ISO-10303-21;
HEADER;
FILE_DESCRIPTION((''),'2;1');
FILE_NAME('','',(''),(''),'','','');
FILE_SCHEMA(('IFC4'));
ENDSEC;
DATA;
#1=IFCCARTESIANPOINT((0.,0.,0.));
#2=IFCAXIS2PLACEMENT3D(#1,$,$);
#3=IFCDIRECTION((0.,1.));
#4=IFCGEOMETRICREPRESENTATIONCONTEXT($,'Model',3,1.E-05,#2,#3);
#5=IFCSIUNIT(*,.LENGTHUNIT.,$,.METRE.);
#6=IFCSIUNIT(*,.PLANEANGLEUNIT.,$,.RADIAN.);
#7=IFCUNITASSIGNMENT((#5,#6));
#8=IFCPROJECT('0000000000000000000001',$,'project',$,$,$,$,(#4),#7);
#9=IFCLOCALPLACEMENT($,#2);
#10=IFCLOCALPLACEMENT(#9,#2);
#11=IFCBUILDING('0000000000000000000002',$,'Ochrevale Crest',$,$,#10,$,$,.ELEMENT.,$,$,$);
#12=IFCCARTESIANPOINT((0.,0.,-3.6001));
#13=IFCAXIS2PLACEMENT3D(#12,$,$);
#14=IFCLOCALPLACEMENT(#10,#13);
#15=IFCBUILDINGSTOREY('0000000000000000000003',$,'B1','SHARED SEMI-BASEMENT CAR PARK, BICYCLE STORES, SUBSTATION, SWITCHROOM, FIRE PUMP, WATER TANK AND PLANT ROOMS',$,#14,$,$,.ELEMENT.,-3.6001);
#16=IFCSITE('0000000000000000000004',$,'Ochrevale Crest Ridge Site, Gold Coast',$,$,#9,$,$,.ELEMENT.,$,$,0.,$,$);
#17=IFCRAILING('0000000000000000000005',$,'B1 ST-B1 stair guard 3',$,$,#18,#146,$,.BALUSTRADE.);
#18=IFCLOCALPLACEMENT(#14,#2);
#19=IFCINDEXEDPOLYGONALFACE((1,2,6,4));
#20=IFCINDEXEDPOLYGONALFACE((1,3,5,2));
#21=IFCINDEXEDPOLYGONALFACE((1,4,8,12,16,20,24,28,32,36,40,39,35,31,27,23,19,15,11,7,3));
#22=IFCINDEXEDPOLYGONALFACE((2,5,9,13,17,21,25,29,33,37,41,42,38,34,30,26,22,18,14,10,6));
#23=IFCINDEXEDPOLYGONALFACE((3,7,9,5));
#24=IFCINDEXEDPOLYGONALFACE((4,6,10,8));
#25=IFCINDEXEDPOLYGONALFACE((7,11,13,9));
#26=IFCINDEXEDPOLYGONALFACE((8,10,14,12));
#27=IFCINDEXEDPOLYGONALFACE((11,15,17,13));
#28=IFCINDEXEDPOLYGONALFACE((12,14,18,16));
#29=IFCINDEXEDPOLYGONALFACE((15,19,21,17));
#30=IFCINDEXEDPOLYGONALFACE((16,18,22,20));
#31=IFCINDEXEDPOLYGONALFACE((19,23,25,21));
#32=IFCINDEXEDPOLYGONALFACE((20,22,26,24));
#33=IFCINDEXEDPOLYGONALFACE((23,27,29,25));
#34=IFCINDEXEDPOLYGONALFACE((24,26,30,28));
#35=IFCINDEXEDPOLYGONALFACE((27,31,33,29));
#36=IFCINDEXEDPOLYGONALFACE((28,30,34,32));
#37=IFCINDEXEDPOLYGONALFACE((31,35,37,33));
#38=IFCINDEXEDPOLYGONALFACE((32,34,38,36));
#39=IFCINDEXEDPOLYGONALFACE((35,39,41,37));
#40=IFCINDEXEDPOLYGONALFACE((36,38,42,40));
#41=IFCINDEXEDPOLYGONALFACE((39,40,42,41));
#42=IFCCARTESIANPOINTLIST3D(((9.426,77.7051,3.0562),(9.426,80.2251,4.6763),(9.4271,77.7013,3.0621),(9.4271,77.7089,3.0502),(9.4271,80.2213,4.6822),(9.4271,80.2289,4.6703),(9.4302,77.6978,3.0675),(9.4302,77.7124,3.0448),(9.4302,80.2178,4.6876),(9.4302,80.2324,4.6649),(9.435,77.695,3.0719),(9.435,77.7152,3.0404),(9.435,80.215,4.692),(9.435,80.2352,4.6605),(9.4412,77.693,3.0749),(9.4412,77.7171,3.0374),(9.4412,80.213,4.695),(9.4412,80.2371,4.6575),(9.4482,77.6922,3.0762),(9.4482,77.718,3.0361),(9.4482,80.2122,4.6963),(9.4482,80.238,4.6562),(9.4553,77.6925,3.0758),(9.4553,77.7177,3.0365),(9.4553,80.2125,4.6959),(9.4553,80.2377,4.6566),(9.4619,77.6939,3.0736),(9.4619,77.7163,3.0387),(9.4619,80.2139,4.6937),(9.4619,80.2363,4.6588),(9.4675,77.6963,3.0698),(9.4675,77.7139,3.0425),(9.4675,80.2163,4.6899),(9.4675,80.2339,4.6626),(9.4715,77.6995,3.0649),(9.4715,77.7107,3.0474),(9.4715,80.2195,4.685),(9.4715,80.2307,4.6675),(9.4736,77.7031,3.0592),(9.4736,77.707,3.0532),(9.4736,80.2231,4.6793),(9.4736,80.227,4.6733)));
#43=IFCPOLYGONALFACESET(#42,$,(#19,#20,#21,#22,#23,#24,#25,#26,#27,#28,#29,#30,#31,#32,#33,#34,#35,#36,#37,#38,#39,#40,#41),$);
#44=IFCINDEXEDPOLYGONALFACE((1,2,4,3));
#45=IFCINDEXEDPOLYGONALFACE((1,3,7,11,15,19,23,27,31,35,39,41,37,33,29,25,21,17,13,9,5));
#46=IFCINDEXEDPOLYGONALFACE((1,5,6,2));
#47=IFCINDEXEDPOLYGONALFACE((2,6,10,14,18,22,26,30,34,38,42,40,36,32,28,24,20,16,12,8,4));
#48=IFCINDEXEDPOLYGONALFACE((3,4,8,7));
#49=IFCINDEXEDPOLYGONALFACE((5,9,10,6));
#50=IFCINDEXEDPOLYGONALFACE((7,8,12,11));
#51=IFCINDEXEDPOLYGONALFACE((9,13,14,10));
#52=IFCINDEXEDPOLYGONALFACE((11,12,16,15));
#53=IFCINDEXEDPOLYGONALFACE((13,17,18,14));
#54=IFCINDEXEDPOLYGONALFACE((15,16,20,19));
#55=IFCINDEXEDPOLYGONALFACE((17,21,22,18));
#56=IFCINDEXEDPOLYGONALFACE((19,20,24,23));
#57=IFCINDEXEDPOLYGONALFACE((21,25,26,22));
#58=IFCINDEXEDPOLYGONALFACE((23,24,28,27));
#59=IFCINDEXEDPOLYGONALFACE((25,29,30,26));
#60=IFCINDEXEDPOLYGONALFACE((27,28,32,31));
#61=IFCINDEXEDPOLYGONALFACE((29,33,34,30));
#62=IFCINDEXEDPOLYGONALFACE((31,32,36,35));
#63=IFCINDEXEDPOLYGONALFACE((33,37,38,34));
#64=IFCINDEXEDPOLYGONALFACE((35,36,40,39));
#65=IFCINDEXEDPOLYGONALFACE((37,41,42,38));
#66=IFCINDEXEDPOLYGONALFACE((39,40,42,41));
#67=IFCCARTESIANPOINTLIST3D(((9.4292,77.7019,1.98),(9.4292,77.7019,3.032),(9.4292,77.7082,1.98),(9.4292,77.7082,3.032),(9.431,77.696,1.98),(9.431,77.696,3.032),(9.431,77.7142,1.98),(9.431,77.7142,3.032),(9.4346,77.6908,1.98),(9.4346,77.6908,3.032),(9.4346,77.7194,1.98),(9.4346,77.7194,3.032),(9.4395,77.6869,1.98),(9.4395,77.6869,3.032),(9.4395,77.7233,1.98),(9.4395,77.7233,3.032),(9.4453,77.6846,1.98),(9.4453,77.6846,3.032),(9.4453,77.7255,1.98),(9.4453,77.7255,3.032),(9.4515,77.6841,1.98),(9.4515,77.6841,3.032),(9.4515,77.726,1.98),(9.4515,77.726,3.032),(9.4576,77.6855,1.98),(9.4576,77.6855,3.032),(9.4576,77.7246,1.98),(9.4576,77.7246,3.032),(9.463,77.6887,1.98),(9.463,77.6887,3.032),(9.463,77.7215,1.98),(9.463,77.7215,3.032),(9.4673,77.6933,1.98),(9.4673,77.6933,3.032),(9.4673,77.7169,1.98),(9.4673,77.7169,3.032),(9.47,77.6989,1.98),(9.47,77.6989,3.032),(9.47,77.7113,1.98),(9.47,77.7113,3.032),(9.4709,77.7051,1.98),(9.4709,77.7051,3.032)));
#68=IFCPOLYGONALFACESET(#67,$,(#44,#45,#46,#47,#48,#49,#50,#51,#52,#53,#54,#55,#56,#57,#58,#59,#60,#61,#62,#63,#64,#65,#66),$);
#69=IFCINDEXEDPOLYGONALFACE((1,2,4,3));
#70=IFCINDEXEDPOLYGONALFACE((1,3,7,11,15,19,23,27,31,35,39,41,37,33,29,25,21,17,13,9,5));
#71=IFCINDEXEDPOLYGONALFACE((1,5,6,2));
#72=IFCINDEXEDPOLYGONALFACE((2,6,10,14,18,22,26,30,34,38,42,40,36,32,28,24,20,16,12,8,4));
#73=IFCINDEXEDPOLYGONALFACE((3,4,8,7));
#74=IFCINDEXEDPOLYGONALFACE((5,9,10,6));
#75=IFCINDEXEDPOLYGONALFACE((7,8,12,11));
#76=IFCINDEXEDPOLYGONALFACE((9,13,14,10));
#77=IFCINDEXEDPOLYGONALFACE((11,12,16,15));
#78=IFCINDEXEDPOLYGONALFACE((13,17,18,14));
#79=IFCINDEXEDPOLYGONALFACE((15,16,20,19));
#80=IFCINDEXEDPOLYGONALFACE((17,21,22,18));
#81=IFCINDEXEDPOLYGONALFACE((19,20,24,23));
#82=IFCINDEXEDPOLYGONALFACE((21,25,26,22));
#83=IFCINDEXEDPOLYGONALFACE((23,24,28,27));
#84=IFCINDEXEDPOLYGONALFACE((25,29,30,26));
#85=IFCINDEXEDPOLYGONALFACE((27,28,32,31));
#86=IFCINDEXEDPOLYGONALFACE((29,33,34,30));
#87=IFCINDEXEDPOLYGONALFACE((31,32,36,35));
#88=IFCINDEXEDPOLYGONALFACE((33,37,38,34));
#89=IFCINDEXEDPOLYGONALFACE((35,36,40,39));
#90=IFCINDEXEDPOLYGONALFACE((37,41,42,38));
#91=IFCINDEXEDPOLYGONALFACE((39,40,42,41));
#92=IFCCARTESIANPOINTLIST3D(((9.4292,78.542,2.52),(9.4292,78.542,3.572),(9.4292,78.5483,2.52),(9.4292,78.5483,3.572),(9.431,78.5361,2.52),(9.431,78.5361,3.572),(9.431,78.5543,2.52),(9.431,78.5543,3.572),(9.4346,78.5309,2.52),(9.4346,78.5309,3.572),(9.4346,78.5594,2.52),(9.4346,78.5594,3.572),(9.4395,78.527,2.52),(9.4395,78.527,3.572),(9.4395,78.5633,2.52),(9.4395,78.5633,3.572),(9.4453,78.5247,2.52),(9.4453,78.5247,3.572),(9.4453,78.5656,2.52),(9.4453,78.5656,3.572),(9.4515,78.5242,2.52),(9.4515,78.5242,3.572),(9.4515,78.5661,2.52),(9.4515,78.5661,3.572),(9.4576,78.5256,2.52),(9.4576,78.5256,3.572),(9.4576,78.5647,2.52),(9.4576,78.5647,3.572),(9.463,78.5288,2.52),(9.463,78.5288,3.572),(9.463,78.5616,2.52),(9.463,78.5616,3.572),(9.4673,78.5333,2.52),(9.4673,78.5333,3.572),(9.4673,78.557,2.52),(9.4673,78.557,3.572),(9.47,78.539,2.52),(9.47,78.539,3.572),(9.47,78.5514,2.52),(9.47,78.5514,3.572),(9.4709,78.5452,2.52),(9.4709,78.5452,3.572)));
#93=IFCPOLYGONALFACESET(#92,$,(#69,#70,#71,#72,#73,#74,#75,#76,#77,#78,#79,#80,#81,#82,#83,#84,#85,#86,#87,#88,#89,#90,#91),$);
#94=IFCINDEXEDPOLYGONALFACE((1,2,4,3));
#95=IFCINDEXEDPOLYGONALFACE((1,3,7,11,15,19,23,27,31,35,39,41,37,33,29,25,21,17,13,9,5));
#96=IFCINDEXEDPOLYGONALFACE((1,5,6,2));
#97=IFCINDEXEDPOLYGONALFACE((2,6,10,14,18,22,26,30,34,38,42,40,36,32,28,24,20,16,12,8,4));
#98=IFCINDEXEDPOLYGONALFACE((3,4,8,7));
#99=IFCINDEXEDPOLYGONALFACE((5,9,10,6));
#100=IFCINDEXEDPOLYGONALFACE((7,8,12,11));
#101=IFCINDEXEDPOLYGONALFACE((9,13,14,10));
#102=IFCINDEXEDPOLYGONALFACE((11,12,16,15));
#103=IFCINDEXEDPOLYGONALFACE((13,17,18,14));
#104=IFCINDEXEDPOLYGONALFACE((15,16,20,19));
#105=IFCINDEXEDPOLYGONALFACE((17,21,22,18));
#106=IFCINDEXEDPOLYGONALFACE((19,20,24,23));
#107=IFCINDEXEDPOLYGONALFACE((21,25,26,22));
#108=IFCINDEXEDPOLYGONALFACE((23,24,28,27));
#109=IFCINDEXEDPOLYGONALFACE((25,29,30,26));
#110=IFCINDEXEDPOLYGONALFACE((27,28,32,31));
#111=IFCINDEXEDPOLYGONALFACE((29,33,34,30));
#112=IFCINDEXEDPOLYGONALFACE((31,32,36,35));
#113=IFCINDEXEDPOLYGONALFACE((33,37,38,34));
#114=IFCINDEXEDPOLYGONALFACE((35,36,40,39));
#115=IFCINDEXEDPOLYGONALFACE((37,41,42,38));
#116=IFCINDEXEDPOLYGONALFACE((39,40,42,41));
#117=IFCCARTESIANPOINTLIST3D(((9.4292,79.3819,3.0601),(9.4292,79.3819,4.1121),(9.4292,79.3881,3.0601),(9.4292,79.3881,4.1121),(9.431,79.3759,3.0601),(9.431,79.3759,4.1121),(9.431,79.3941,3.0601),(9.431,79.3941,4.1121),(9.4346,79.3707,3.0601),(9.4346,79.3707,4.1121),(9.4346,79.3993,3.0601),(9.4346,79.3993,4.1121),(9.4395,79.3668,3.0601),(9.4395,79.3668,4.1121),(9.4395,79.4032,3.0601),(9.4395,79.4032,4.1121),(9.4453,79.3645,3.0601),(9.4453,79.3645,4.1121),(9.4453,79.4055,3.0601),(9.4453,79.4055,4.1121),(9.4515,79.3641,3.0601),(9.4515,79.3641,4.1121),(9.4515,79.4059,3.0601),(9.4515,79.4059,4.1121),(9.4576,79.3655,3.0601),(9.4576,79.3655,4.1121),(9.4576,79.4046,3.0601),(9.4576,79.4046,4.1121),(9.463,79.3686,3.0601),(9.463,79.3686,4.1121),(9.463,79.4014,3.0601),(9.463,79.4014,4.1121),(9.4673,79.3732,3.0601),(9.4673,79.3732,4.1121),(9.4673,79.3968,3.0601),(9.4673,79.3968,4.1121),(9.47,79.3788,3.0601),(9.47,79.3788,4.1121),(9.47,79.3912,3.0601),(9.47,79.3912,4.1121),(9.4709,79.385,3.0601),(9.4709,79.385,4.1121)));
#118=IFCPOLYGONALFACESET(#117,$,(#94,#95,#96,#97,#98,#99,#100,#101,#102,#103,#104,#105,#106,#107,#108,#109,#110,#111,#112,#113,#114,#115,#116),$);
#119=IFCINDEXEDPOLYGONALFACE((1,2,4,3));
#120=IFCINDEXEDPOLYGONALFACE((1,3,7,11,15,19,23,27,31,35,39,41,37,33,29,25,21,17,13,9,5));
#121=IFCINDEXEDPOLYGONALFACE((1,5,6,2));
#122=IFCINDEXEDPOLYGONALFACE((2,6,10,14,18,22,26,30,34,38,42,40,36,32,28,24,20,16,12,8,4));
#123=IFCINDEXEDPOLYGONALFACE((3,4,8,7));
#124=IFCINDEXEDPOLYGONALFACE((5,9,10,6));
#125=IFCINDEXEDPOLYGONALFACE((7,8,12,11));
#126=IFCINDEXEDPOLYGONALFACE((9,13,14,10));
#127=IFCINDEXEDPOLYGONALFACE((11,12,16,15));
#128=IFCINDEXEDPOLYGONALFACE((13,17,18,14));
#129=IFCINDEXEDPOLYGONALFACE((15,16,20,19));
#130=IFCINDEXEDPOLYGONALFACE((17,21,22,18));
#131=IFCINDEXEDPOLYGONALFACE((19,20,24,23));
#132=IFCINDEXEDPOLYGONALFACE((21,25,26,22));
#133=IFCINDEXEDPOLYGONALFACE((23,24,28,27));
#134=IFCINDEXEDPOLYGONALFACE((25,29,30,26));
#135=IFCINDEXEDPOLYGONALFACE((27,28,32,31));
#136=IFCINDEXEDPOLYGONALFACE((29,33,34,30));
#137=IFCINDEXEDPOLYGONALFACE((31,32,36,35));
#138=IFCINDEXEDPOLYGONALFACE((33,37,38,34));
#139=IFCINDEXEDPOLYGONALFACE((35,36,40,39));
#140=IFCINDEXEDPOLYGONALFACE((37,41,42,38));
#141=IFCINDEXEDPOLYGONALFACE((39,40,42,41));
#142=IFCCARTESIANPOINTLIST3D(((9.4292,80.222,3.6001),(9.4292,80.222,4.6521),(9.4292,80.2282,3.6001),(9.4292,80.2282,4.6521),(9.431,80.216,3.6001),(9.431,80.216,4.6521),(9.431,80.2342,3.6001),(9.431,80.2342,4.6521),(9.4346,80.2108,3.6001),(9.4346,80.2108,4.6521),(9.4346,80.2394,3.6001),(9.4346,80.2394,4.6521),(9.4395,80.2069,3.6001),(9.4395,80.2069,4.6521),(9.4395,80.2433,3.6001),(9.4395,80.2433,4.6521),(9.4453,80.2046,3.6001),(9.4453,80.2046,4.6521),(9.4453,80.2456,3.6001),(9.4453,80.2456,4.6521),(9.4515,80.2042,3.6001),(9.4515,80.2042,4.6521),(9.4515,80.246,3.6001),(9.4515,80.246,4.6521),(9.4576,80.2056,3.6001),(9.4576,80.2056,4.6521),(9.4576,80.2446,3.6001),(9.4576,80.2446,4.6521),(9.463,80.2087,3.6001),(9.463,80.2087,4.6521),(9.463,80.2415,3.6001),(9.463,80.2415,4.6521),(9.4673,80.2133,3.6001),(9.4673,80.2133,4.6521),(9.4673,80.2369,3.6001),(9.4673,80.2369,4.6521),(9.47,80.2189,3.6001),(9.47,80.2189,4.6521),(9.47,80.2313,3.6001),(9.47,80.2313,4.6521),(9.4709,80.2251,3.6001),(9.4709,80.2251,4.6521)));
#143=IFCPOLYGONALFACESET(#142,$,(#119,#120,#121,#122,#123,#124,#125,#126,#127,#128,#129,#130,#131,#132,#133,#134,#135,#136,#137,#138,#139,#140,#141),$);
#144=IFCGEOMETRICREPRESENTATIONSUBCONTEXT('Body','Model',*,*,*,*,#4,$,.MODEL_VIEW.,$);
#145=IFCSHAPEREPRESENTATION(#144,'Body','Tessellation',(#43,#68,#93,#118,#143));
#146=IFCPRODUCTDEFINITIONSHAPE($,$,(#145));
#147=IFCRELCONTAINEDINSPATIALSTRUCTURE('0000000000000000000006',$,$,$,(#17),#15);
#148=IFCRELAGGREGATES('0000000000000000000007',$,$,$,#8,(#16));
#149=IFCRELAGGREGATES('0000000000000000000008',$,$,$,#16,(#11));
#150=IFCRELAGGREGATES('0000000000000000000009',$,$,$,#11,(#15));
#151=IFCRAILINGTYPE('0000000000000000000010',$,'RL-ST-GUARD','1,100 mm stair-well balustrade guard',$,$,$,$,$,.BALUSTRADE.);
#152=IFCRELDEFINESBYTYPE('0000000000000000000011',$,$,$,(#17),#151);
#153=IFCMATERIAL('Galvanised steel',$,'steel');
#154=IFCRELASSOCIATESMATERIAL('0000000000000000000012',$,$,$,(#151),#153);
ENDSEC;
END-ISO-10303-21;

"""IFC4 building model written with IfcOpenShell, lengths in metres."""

from ifc_helpers import new_model, si_unit, direction, frame, origin, origin_2d, place, context, subcontext, project, spatial, circle, extrude, material, type_object, element, save


model = new_model("IFC4")

# Units and contexts
model_context = context("Model", 3, precision=1e-05, world=origin(), true_north=direction((0.0, 1.0)))
body_context = subcontext(model_context, "Body", "Model", "MODEL_VIEW")
ifc_project = project(units=[si_unit("LENGTHUNIT", "METRE"), si_unit("PLANEANGLEUNIT", "RADIAN")], contexts=[model_context])

# Site, building, storey
site_placement = place(None, origin())
site = spatial("IfcSite", under=ifc_project, at=site_placement, Name="Ochrevale Crest Ridge Site, Gold Coast", CompositionType="ELEMENT", RefElevation=0.0)
building_placement = place(site_placement, origin())
building = spatial("IfcBuilding", under=site, at=building_placement, Name="Ochrevale Crest", CompositionType="ELEMENT")
storey_placement = place(building_placement, frame((0.0, 0.0, -3.6001)))
storey = spatial("IfcBuildingStorey", under=building, at=storey_placement, Name="B1", Description="SHARED SEMI-BASEMENT CAR PARK, BICYCLE STORES, SUBSTATION, SWITCHROOM, FIRE PUMP, WATER TANK AND PLANT ROOMS", CompositionType="ELEMENT", Elevation=-3.6001)

# Railing
ifc_material_1 = material(Name="Galvanised steel", Category="steel")
railing_type_1 = type_object("IfcRailingType", Name="RL-ST-GUARD", Description="1,100 mm stair-well balustrade guard", PredefinedType="BALUSTRADE", material=ifc_material_1)
railing_1_placement = place(storey_placement, frame((9.45, 77.7051, 1.98)))
element("IfcRailing", 1, at=railing_1_placement, inside=storey, type_object=railing_type_1, Name="B1 ST-B1 stair guard 3", PredefinedType="BALUSTRADE", context=body_context, shape_type="SweptSolid", body=[
    extrude(circle(Radius=0.0239, at=origin_2d()), frame((0.0, 0.0, 1.0762), z_axis=(0.0, 0.841163, 0.540782), x_axis=(-1.0, 0.0, 0.0)), (0.0, 0.0, 1.0), 2.9958),
    extrude(circle(Radius=0.021, at=origin_2d()), origin(), (0.0, 0.0, 1.0), 1.052),
    extrude(circle(Radius=0.021, at=origin_2d()), frame((0.0, 0.8401, 0.54)), (0.0, 0.0, 1.0), 1.052),
    extrude(circle(Radius=0.021, at=origin_2d()), frame((0.0, 1.6799, 1.0801)), (0.0, 0.0, 1.0), 1.052),
    extrude(circle(Radius=0.021, at=origin_2d()), frame((0.0, 2.52, 1.6201)), (0.0, 0.0, 1.0), 1.052),
])

save(model, "model.ifc")
